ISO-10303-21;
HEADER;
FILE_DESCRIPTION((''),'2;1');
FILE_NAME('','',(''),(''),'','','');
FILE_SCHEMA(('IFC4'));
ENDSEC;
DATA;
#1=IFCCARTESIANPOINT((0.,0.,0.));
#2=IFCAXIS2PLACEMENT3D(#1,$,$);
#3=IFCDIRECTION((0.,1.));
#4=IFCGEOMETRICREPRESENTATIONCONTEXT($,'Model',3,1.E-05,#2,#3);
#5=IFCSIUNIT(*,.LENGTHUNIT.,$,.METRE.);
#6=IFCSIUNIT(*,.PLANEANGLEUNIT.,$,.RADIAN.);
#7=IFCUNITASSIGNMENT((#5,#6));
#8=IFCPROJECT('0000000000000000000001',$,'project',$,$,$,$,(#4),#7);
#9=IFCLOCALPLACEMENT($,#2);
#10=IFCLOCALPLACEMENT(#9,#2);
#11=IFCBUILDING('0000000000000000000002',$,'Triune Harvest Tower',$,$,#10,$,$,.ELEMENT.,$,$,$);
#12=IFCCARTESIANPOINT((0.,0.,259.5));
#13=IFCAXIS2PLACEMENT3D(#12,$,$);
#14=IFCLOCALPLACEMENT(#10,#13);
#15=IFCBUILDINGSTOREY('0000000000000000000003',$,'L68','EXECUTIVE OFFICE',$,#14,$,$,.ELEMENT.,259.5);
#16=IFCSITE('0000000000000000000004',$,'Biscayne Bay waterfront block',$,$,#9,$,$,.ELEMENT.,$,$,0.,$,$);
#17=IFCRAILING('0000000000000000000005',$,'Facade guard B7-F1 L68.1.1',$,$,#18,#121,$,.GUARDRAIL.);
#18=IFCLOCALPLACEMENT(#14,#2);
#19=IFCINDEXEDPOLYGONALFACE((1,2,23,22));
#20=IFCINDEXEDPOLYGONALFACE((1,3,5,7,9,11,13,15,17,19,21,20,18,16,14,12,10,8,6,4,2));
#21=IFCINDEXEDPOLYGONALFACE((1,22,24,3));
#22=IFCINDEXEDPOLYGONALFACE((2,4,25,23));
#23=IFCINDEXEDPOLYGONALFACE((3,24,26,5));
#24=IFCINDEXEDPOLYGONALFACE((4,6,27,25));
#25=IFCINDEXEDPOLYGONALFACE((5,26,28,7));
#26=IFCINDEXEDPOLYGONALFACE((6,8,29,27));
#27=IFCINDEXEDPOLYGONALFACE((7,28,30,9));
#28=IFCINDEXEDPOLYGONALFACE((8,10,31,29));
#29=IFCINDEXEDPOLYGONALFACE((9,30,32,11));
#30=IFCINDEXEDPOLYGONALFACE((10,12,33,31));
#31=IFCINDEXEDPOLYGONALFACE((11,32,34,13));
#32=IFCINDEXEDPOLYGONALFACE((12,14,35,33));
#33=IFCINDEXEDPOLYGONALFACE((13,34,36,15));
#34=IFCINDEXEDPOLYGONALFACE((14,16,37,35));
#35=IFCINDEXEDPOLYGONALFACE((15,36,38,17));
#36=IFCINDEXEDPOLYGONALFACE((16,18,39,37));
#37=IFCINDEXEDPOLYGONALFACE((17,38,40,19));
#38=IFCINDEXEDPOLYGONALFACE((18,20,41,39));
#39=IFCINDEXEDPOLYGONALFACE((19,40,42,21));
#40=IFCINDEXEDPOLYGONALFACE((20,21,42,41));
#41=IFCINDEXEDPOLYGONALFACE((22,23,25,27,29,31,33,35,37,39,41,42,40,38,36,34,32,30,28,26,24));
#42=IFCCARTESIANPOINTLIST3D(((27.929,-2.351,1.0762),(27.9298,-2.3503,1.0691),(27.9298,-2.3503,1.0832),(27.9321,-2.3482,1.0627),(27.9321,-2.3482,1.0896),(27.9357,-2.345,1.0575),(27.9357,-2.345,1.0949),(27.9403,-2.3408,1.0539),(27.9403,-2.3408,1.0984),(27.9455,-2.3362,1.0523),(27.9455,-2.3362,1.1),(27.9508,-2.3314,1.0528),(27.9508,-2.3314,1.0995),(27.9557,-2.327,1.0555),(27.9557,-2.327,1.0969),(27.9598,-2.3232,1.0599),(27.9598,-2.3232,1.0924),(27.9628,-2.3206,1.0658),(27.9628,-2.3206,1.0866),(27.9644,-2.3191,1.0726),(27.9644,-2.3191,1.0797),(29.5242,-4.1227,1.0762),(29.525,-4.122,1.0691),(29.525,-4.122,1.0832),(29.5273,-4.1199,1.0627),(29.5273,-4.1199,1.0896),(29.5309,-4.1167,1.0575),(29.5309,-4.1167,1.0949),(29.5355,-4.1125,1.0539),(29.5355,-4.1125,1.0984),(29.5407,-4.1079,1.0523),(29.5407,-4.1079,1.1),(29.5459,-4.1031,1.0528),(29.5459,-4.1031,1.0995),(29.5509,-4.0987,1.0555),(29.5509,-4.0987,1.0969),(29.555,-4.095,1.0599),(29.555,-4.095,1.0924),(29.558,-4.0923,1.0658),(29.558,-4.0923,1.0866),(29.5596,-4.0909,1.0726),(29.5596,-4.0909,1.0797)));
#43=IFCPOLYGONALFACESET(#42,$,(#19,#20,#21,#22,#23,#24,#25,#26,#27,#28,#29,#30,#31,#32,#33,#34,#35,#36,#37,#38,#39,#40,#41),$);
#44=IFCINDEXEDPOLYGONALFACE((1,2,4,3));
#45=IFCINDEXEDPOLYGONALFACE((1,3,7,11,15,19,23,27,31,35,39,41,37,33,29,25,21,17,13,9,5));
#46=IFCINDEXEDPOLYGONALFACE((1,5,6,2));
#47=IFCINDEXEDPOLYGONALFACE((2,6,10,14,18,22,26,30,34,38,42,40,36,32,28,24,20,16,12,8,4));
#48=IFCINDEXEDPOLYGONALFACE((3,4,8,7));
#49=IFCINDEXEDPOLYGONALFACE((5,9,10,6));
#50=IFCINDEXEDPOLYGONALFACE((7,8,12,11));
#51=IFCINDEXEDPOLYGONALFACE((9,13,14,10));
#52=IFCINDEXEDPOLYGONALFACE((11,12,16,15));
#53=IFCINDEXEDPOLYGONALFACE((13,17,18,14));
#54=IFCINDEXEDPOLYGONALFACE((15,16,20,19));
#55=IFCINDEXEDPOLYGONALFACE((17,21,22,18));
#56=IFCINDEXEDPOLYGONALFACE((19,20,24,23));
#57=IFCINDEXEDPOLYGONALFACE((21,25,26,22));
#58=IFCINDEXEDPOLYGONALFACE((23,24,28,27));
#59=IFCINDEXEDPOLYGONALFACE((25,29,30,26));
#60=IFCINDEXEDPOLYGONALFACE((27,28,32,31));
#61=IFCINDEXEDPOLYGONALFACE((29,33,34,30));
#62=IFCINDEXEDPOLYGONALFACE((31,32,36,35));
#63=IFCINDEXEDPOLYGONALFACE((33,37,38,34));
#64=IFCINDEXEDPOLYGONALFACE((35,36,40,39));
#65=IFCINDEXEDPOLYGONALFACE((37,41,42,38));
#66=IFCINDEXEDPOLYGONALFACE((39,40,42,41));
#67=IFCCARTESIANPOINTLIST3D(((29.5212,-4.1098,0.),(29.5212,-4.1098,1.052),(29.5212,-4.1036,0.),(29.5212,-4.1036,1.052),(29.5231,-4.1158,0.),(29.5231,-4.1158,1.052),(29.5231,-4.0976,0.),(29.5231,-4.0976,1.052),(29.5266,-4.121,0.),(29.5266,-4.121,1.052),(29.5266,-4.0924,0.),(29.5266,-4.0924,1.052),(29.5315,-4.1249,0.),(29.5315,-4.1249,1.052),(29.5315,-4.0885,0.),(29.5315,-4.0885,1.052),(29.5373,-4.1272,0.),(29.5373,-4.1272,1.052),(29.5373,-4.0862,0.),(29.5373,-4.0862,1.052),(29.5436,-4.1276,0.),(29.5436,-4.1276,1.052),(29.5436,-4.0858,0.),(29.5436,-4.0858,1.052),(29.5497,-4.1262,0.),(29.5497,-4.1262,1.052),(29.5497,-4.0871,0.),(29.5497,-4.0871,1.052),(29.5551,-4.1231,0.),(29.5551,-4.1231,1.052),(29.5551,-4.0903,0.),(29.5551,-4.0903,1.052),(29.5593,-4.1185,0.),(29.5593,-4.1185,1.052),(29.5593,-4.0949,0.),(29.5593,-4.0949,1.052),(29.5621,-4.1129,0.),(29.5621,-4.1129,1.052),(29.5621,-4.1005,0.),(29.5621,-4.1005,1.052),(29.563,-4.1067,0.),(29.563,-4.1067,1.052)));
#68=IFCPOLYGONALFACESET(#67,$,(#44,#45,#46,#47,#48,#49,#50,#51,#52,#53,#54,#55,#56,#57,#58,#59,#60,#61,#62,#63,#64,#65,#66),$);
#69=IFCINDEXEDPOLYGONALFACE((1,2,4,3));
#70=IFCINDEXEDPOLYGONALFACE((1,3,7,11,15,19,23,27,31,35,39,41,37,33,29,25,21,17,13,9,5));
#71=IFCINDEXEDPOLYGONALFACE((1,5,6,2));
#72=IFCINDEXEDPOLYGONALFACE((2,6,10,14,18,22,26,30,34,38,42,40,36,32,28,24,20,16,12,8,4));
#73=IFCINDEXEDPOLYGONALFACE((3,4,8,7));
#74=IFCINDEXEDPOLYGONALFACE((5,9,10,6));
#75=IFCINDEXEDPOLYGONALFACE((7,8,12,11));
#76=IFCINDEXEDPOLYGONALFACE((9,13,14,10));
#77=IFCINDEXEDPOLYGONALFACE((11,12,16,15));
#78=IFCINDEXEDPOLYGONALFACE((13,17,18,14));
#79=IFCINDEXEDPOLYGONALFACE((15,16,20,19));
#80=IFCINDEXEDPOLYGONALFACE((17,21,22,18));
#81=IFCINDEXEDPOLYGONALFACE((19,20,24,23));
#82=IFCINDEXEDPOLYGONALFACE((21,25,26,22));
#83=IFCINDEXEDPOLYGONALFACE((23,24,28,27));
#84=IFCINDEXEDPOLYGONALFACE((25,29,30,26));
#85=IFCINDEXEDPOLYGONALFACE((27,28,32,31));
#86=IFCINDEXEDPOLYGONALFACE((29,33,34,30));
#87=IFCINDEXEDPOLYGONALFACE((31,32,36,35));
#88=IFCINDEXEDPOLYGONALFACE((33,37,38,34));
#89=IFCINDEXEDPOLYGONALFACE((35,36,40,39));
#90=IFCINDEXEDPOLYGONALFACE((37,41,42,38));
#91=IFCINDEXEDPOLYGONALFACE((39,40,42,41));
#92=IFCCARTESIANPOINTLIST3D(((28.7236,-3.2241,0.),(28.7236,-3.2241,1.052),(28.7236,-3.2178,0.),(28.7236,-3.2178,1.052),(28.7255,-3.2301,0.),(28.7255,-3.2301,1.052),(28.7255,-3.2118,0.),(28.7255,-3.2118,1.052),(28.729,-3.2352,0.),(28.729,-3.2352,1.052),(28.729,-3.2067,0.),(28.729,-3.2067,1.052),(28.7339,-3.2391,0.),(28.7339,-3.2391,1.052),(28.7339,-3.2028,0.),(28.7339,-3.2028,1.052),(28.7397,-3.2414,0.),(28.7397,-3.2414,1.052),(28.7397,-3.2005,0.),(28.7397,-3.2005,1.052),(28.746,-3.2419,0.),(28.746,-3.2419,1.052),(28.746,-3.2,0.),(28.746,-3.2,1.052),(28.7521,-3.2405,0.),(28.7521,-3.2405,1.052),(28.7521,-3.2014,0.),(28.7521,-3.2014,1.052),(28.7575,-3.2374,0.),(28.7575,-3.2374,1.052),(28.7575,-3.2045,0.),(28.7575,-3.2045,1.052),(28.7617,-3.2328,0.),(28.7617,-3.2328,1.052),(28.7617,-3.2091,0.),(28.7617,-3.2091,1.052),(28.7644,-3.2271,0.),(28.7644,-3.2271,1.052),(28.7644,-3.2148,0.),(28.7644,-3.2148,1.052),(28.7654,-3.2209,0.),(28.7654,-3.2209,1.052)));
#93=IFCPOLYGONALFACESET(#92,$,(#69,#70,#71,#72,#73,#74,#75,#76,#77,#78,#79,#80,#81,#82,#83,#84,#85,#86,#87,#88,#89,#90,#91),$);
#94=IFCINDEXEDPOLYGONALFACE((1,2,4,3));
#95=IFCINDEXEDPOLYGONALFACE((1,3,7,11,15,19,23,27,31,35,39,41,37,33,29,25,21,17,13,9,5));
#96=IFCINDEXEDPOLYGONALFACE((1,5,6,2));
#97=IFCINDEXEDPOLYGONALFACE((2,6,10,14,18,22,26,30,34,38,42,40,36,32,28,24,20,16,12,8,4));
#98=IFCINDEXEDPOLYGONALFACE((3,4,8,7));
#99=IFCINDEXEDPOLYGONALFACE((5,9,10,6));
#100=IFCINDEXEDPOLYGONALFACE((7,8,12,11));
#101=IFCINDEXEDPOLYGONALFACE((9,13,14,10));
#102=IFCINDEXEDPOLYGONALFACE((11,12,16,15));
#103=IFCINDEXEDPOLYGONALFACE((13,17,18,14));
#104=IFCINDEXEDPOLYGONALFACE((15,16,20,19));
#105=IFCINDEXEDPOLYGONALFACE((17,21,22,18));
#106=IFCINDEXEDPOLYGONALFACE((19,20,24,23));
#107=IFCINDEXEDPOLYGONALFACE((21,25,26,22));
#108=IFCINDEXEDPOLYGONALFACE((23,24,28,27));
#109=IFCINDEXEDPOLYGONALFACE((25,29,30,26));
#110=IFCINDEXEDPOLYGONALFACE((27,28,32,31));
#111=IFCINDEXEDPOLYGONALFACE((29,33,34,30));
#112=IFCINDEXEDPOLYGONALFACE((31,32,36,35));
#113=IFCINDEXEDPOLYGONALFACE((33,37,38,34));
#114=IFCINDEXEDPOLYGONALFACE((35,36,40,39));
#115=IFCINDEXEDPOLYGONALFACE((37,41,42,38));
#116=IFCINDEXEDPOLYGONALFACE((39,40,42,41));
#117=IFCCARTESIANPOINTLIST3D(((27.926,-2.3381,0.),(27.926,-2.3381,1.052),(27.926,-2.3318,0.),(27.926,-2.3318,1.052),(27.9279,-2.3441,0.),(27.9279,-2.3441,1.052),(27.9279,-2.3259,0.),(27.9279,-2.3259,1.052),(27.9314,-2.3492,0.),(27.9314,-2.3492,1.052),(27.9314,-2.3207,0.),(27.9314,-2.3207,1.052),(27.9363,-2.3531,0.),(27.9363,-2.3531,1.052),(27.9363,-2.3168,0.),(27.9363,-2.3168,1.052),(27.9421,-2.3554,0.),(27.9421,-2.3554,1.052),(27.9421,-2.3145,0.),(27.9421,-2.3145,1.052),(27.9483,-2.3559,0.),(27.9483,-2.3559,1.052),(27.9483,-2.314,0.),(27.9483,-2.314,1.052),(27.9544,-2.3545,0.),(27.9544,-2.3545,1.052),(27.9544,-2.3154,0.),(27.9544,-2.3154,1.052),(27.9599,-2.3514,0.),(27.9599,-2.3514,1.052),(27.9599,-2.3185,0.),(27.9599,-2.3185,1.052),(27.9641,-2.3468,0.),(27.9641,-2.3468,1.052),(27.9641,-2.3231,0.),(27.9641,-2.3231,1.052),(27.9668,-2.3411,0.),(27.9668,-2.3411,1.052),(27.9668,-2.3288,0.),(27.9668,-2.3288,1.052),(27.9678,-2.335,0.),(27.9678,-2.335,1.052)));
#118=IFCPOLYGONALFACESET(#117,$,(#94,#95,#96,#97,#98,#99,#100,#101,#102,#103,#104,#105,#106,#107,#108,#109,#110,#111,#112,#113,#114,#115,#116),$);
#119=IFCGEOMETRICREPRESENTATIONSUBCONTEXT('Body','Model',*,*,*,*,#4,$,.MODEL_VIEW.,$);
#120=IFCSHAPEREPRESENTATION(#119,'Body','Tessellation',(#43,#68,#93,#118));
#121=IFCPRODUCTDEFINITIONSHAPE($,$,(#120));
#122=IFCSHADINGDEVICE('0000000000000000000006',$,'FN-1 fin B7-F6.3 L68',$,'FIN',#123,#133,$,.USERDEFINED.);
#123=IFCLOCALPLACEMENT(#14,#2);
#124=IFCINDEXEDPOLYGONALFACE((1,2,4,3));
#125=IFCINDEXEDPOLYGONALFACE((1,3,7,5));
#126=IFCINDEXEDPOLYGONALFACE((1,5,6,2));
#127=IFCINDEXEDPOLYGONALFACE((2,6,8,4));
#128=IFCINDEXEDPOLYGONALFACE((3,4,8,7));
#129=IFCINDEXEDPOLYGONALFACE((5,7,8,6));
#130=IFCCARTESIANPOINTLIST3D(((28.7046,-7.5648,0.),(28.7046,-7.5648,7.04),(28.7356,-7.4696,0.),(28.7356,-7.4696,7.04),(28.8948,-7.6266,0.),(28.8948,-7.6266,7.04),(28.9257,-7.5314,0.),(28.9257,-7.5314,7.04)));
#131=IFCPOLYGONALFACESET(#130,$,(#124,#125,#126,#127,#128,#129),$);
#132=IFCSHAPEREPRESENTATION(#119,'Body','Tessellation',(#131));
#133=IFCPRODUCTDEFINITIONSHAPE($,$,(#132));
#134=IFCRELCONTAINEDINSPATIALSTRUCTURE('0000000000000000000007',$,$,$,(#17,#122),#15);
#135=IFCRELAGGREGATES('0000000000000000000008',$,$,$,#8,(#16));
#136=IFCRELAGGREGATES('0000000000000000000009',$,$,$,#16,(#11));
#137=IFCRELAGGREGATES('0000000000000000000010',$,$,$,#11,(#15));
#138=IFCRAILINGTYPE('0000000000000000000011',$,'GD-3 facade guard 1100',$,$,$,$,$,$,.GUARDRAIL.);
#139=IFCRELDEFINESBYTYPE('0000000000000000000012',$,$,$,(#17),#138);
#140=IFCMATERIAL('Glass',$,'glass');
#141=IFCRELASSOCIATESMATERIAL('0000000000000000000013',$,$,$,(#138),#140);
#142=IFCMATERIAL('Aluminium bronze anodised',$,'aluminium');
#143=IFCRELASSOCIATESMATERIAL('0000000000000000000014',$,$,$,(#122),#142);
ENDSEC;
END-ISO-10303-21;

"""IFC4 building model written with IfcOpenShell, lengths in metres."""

from ifc_helpers import new_model, si_unit, direction, frame, origin, origin_2d, place, context, subcontext, project, spatial, rectangle, circle, extrude, source, transform, mapped, material, type_object, element, save


model = new_model("IFC4")

# Units and contexts
model_context = context("Model", 3, precision=1e-05, world=origin(), true_north=direction((0.0, 1.0)))
body_context = subcontext(model_context, "Body", "Model", "MODEL_VIEW")
ifc_project = project(units=[si_unit("LENGTHUNIT", "METRE"), si_unit("PLANEANGLEUNIT", "RADIAN")], contexts=[model_context])

# Site, building, storey
site_placement = place(None, origin())
site = spatial("IfcSite", under=ifc_project, at=site_placement, Name="Biscayne Bay waterfront block", CompositionType="ELEMENT", RefElevation=0.0)
building_placement = place(site_placement, origin())
building = spatial("IfcBuilding", under=site, at=building_placement, Name="Triune Harvest Tower", CompositionType="ELEMENT")
storey_placement = place(building_placement, frame((0.0, 0.0, 259.5)))
storey = spatial("IfcBuildingStorey", under=building, at=storey_placement, Name="L68", Description="EXECUTIVE OFFICE", CompositionType="ELEMENT", Elevation=259.5)

# Railing
ifc_material_1 = material(Name="Glass", Category="glass")
railing_type = type_object("IfcRailingType", Name="GD-3 facade guard 1100", PredefinedType="GUARDRAIL", material=ifc_material_1)
railing_placement = place(storey_placement, frame((29.542, -4.1067, 0.0)))
element("IfcRailing", 1, at=railing_placement, inside=storey, type_object=railing_type, Name="Facade guard B7-F1 L68.1.1", PredefinedType="GUARDRAIL", context=body_context, shape_type="SweptSolid", body=[
    extrude(circle(Radius=0.0239, at=origin_2d()), frame((0.0, 0.0, 1.0762), z_axis=(-0.669117, 0.743157, 0.0), x_axis=(-0.743157, -0.669117, 0.0)), (0.0, 0.0, 1.0), 2.384),
    extrude(circle(Radius=0.021, at=origin_2d()), origin(), (0.0, 0.0, 1.0), 1.052),
    extrude(circle(Radius=0.021, at=origin_2d()), frame((-0.7976, 0.8857, 0.0)), (0.0, 0.0, 1.0), 1.052),
    extrude(circle(Radius=0.021, at=origin_2d()), frame((-1.5952, 1.7717, 0.0)), (0.0, 0.0, 1.0), 1.052),
])

# Shading device
ifc_material_2 = material(Name="Aluminium bronze anodised", Category="aluminium")
shared_shape_1 = source(origin(), body_context, "Body", "SweptSolid", [
    extrude(rectangle(XDim=0.1001, YDim=0.2, at=origin_2d()), origin(), (0.0, 0.0, 1.0), 7.04),
])
shading_device_placement = place(storey_placement, frame((28.8152, -7.5481, 0.0), z_axis=(0.0, 0.0, 1.0), x_axis=(0.309019, 0.951056, 0.0)))
element("IfcShadingDevice", 2, at=shading_device_placement, inside=storey, material=ifc_material_2, Name="FN-1 fin B7-F6.3 L68", ObjectType="FIN", PredefinedType="USERDEFINED", context=body_context, shape_type="MappedRepresentation", body=[
    mapped(shared_shape_1, transform((0.0, 0.0, 0.0), scale=1.0)),
])

save(model, "model.ifc")
